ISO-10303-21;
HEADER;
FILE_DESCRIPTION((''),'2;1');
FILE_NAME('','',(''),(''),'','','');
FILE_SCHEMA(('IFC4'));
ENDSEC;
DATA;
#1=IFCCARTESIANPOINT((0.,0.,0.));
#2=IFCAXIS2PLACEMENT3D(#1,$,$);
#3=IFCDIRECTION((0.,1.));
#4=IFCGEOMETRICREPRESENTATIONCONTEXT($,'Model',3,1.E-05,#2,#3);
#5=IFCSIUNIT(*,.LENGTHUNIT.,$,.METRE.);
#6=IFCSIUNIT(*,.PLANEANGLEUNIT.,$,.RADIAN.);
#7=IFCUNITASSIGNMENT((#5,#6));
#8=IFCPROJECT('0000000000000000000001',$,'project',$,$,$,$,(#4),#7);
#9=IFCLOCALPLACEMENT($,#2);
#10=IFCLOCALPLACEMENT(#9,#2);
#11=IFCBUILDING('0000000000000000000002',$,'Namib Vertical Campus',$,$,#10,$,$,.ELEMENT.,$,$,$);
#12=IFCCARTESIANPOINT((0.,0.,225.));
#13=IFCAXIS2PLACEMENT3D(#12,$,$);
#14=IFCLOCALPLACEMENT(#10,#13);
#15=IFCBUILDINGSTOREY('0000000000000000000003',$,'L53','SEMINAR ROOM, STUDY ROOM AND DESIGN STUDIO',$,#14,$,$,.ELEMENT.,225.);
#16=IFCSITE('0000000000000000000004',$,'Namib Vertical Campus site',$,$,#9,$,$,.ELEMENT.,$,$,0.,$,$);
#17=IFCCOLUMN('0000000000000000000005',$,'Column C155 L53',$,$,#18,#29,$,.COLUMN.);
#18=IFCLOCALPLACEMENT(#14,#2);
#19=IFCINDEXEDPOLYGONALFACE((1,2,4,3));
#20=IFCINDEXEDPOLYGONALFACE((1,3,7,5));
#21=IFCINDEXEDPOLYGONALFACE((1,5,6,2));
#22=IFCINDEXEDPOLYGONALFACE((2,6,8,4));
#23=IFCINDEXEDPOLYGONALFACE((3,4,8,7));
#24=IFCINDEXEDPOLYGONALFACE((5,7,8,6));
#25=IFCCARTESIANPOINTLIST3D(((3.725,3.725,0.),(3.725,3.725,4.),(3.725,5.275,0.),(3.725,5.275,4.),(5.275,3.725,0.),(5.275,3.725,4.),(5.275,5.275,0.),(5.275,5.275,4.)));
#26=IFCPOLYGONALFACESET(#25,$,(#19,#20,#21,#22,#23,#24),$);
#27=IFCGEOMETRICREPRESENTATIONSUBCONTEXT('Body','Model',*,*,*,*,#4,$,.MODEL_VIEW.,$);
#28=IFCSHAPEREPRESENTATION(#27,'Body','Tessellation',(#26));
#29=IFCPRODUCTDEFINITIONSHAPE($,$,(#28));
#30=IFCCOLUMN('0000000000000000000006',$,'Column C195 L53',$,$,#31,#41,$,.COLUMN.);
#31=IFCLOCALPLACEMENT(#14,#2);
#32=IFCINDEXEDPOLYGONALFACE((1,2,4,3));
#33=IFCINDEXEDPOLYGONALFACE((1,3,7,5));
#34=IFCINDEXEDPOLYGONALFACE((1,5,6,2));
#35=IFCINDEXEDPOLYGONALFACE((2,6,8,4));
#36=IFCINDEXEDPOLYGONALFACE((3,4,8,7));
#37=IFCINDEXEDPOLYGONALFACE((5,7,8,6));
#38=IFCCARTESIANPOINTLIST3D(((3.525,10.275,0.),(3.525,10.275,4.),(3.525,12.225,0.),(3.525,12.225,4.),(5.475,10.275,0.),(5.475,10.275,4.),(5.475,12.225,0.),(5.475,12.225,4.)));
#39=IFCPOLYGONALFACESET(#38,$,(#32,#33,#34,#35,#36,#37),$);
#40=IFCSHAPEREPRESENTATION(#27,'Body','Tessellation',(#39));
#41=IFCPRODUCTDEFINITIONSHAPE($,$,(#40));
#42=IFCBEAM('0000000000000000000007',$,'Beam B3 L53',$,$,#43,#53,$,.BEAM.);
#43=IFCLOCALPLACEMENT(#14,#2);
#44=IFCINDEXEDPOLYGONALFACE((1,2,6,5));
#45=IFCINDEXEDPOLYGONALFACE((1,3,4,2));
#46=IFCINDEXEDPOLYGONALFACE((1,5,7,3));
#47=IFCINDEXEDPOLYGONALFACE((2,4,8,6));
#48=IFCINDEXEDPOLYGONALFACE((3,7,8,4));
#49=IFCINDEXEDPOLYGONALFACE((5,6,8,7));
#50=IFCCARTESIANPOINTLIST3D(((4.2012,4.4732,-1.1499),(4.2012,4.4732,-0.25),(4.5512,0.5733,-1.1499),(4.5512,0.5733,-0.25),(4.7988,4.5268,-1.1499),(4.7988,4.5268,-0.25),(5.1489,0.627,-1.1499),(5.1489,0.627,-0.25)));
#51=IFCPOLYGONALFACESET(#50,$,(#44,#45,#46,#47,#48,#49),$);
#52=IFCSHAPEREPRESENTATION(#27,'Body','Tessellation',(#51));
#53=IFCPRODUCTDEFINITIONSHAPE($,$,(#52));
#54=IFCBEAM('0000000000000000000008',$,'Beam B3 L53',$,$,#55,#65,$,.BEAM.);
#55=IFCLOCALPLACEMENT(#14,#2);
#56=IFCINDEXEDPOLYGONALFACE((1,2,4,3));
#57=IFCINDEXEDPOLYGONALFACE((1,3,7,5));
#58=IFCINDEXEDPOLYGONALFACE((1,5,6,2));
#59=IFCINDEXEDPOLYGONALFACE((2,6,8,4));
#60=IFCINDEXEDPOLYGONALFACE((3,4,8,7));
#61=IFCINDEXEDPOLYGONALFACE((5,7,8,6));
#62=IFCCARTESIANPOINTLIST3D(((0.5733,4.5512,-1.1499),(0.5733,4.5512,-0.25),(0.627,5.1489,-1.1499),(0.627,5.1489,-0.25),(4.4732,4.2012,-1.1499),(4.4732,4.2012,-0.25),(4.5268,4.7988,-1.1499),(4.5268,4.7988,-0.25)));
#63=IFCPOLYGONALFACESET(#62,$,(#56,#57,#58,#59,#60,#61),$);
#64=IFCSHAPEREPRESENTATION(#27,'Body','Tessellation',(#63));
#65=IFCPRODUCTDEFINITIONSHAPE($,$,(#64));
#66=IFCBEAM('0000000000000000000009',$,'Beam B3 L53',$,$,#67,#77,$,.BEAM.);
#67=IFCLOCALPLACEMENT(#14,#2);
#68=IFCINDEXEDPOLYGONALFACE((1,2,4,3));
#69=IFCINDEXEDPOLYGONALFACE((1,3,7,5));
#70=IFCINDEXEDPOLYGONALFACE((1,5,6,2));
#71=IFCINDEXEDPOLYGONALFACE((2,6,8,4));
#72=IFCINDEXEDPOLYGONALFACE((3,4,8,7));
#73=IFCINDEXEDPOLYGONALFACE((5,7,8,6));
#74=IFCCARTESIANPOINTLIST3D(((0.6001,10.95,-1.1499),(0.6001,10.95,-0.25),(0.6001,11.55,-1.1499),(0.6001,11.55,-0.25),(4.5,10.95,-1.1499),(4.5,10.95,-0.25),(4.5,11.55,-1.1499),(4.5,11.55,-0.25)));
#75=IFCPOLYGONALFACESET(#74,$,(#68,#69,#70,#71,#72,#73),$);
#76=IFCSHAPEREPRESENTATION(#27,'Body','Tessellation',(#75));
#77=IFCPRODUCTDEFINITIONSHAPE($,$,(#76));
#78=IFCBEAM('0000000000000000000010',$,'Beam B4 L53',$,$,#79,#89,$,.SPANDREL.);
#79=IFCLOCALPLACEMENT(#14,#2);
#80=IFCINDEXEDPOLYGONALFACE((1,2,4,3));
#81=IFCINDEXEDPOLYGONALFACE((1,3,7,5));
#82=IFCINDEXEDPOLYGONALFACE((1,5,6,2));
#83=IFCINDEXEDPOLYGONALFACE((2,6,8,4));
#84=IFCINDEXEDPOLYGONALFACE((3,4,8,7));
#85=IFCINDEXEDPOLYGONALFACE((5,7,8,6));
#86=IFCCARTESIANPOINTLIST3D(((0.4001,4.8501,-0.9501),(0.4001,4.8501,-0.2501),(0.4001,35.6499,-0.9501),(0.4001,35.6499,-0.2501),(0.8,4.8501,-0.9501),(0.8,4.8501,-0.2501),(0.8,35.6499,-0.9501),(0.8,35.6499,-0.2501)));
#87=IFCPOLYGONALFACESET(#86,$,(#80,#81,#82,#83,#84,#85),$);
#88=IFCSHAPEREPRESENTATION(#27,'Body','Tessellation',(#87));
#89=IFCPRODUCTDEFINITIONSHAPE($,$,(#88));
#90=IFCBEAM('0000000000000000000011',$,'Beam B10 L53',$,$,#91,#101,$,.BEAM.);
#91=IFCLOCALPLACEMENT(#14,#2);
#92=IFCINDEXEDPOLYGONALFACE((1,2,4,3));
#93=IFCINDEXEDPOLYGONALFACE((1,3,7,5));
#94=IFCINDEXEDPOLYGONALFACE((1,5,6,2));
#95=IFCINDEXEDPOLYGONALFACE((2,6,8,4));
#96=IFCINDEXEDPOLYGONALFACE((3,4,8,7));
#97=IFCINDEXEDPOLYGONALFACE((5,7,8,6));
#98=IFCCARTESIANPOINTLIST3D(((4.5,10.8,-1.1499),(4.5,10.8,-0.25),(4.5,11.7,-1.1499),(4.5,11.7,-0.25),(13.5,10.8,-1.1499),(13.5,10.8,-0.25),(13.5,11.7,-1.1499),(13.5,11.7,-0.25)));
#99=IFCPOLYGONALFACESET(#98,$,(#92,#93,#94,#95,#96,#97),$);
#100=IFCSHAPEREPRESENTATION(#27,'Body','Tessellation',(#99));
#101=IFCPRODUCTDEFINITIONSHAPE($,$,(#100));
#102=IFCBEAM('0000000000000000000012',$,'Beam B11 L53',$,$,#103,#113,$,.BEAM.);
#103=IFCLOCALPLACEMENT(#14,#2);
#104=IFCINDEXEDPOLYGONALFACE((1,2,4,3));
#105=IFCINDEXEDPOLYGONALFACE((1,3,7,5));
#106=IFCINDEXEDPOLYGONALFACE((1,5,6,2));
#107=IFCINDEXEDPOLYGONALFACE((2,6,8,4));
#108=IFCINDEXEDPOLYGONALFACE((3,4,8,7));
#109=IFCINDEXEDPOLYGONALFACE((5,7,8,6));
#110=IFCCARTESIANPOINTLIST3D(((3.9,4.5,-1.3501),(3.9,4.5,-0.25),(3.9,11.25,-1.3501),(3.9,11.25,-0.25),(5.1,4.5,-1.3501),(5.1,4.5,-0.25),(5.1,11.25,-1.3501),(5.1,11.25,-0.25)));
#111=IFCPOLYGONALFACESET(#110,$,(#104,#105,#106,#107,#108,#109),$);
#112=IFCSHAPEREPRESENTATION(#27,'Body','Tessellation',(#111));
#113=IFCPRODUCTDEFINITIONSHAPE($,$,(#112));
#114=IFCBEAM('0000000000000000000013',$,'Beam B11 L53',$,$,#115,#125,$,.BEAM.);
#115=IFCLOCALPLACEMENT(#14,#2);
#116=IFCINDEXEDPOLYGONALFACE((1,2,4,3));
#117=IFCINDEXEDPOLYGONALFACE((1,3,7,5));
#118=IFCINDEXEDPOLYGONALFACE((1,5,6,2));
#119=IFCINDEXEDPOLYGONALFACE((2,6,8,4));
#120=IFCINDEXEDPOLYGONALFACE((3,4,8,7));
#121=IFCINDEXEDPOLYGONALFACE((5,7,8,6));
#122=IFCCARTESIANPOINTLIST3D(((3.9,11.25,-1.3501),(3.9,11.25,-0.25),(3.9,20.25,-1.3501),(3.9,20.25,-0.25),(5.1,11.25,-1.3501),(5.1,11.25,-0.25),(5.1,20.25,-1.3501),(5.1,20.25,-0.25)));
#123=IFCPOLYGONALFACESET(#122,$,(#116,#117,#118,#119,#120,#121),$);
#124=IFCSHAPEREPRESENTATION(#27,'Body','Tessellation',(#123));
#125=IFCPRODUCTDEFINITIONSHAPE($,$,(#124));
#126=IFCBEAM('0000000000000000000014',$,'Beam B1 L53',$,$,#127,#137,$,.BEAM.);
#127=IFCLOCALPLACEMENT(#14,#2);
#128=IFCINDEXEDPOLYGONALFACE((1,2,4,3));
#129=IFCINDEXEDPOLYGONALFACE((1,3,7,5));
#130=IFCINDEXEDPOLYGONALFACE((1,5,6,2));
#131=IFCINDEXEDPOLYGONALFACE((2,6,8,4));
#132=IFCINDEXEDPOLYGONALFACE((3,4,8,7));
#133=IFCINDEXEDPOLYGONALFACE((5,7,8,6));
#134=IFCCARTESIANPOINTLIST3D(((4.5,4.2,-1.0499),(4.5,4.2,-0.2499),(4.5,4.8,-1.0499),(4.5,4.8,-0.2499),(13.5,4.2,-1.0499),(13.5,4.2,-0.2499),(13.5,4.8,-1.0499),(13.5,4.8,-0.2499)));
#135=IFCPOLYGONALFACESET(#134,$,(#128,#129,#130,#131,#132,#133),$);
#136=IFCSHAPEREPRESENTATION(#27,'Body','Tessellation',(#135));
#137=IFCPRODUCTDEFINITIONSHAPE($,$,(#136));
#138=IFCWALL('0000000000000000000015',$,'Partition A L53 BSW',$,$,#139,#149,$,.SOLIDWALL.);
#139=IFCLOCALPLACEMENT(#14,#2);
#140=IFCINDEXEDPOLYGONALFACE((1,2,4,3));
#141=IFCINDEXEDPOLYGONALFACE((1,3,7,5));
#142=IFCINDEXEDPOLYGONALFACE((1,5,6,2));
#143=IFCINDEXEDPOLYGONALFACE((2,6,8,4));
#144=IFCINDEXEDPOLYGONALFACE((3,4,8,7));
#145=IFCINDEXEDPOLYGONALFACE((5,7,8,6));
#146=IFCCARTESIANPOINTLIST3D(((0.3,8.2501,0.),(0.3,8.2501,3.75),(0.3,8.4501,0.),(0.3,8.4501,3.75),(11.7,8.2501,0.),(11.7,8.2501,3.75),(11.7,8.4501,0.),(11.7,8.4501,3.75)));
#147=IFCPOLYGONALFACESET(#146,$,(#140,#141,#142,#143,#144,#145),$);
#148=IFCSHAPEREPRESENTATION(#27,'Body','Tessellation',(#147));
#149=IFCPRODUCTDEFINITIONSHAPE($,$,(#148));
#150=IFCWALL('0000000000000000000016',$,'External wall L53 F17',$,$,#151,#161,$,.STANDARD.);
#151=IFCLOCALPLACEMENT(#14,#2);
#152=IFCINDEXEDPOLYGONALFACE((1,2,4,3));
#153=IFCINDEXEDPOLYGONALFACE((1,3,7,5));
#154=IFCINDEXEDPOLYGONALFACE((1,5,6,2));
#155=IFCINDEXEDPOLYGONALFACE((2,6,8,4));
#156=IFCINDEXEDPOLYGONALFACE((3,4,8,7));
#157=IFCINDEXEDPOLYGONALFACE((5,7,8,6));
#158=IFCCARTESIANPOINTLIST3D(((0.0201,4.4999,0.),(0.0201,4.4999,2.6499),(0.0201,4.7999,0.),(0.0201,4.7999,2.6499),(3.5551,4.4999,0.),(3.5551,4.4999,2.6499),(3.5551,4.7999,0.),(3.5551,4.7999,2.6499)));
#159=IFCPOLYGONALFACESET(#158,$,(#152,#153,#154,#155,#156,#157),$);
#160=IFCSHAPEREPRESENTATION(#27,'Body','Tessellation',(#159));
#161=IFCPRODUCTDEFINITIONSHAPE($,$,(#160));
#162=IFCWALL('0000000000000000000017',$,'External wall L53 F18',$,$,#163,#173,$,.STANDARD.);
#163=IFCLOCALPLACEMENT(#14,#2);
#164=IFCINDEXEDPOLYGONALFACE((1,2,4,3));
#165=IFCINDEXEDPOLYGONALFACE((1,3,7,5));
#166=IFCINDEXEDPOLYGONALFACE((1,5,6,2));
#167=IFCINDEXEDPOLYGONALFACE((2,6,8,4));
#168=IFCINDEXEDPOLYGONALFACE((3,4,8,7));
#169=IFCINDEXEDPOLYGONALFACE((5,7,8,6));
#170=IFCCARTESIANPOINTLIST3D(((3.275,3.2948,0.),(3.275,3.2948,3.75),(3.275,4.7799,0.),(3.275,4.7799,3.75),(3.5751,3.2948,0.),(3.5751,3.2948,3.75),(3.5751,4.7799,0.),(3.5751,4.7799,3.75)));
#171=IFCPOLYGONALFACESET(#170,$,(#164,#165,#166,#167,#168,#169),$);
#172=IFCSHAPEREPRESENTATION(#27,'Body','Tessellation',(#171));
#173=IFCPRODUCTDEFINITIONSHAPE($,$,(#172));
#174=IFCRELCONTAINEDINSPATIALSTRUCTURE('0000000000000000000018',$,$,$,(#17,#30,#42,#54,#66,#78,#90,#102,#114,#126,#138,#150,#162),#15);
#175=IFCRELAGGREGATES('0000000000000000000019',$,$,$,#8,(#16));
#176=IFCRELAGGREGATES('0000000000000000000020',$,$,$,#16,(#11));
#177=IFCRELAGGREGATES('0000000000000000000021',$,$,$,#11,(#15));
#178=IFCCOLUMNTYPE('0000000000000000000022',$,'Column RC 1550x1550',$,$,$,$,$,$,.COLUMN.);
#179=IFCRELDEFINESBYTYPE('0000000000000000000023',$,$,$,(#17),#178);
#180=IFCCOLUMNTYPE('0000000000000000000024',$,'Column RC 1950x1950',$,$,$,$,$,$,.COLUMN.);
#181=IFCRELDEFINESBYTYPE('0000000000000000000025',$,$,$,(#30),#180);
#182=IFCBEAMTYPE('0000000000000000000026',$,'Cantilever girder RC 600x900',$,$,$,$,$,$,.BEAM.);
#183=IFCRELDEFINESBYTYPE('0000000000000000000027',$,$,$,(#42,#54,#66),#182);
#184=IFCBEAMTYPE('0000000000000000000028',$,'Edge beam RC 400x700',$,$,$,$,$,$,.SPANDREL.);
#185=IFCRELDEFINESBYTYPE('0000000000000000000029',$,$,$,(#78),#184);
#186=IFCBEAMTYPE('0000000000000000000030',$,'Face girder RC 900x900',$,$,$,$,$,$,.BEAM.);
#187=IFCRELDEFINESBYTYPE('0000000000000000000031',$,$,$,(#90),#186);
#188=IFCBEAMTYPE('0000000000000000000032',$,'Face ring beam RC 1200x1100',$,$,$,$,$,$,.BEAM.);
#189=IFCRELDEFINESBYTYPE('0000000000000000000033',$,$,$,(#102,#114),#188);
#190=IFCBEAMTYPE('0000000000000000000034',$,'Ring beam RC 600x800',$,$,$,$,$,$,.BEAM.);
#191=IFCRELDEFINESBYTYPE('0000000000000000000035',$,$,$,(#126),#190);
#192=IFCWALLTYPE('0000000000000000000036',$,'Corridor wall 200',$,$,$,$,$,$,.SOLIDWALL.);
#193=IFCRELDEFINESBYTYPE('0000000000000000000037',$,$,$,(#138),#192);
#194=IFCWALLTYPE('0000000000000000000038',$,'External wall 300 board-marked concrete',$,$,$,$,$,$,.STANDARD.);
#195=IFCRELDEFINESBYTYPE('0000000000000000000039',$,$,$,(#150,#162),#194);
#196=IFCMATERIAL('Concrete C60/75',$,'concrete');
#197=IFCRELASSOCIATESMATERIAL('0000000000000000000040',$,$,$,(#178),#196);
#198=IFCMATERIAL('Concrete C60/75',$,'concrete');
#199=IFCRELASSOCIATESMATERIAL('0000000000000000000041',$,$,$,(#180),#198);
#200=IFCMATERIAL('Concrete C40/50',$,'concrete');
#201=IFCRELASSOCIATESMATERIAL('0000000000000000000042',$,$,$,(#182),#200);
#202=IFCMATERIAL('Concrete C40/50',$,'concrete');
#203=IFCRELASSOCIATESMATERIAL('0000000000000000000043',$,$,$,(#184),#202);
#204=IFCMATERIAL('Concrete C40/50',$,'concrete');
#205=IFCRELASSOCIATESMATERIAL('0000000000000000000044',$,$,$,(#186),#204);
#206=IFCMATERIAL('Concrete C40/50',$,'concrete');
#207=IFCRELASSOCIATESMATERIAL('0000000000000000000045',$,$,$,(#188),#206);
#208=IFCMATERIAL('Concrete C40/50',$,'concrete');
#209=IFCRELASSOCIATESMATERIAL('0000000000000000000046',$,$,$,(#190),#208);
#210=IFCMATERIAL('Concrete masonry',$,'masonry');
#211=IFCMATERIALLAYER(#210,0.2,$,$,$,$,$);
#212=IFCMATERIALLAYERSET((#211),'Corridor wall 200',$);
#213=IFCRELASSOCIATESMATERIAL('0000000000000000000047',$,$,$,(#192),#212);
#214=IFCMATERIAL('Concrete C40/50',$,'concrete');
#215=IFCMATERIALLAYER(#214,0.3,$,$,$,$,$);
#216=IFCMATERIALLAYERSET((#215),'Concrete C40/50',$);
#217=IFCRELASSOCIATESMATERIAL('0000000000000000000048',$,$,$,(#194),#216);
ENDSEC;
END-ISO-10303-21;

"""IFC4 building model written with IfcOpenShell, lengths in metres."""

from ifc_helpers import new_model, si_unit, direction, frame, frame_2d, origin, origin_2d, place, context, subcontext, project, spatial, rectangle, extrude, material, layer, layer_set, material_profile, profile_set, type_object, element, save


model = new_model("IFC4")

# Units and contexts
model_context = context("Model", 3, precision=1e-05, world=origin(), true_north=direction((0.0, 1.0)))
body_context = subcontext(model_context, "Body", "Model", "MODEL_VIEW")
ifc_project = project(units=[si_unit("LENGTHUNIT", "METRE"), si_unit("PLANEANGLEUNIT", "RADIAN")], contexts=[model_context])

# Site, building, storey
site_placement = place(None, origin())
site = spatial("IfcSite", under=ifc_project, at=site_placement, Name="Namib Vertical Campus site", CompositionType="ELEMENT", RefElevation=0.0)
building_placement = place(site_placement, origin())
building = spatial("IfcBuilding", under=site, at=building_placement, Name="Namib Vertical Campus", CompositionType="ELEMENT")
storey_placement = place(building_placement, frame((0.0, 0.0, 225.0)))
storey = spatial("IfcBuildingStorey", under=building, at=storey_placement, Name="L53", Description="SEMINAR ROOM, STUDY ROOM AND DESIGN STUDIO", CompositionType="ELEMENT", Elevation=225.0)

# Columns
ifc_material_1 = material(Name="Concrete C60/75", Category="concrete")
ifc_material_profile_1 = material_profile(ifc_material_1, rectangle(XDim=1.55, YDim=1.55, at=origin_2d()))
ifc_profile_set_1 = profile_set([ifc_material_profile_1], Name="Concrete C60/75")
column_type_1 = type_object("IfcColumnType", Name="Column RC 1550x1550", PredefinedType="COLUMN", material=ifc_profile_set_1)
column_1_placement = place(storey_placement, frame((4.5, 4.5, 0.0), z_axis=(0.0, 0.0, 1.0), x_axis=(1.0, 0.0, 0.0)))
element("IfcColumn", 1, at=column_1_placement, inside=storey, type_object=column_type_1, Name="Column C155 L53", PredefinedType="COLUMN", context=body_context, shape_type="SweptSolid", body=[
    extrude(rectangle(XDim=1.55, YDim=1.55, at=origin_2d()), origin(), (0.0, 0.0, 1.0), 4.0),
])
ifc_material_2 = material(Name="Concrete C60/75", Category="concrete")
ifc_material_profile_2 = material_profile(ifc_material_2, rectangle(XDim=1.95, YDim=1.95, at=origin_2d()))
ifc_profile_set_2 = profile_set([ifc_material_profile_2], Name="Concrete C60/75")
column_type_2 = type_object("IfcColumnType", Name="Column RC 1950x1950", PredefinedType="COLUMN", material=ifc_profile_set_2)
column_2_placement = place(storey_placement, frame((4.5, 11.25, 0.0), z_axis=(0.0, 0.0, 1.0), x_axis=(1.0, 0.0, 0.0)))
element("IfcColumn", 2, at=column_2_placement, inside=storey, type_object=column_type_2, Name="Column C195 L53", PredefinedType="COLUMN", context=body_context, shape_type="SweptSolid", body=[
    extrude(rectangle(XDim=1.95, YDim=1.95, at=origin_2d()), origin(), (0.0, 0.0, 1.0), 4.0),
])

# Beams
ifc_material_3 = material(Name="Concrete C40/50", Category="concrete")
ifc_material_profile_3 = material_profile(ifc_material_3, rectangle(XDim=0.6001, YDim=0.8999, at=origin_2d()))
ifc_profile_set_3 = profile_set([ifc_material_profile_3], Name="Concrete C40/50")
beam_type_1 = type_object("IfcBeamType", Name="Cantilever girder RC 600x900", PredefinedType="BEAM", material=ifc_profile_set_3)
for number, where, z_axis, x_axis, name in (
    (3, (4.5, 4.5, -0.7), (0.089411, -0.995995, 0.0), (0.995995, 0.089411, 0.0), "Beam B3 L53"),
    (4, (4.5, 4.5, -0.7), (-0.995995, 0.089411, 0.0), (-0.089411, -0.995995, 0.0), "Beam B3 L53"),
):
    element("IfcBeam", number, at=place(storey_placement, frame(where, z_axis=z_axis, x_axis=x_axis)), inside=storey, type_object=beam_type_1, Name=name, PredefinedType="BEAM", context=body_context, shape_type="SweptSolid", body=[
        extrude(rectangle(XDim=0.6001, YDim=0.8999, at=origin_2d()), origin(), (0.0, 0.0, 1.0), 3.9155),
    ])
beam_1_placement = place(storey_placement, frame((4.5, 11.25, -0.7), z_axis=(-1.0, 0.0, 0.0), x_axis=(0.0, -1.0, 0.0)))
element("IfcBeam", 5, at=beam_1_placement, inside=storey, type_object=beam_type_1, Name="Beam B3 L53", PredefinedType="BEAM", context=body_context, shape_type="SweptSolid", body=[
    extrude(rectangle(XDim=0.6001, YDim=0.8999, at=origin_2d()), origin(), (0.0, 0.0, 1.0), 3.8999),
])
ifc_material_4 = material(Name="Concrete C40/50", Category="concrete")
ifc_material_profile_4 = material_profile(ifc_material_4, rectangle(XDim=0.3999, YDim=0.7, at=origin_2d()))
ifc_profile_set_4 = profile_set([ifc_material_profile_4], Name="Concrete C40/50")
beam_type_2 = type_object("IfcBeamType", Name="Edge beam RC 400x700", PredefinedType="SPANDREL", material=ifc_profile_set_4)
beam_2_placement = place(storey_placement, frame((0.6001, 4.8501, -0.6001), z_axis=(0.0, 1.0, 0.0), x_axis=(-1.0, 0.0, 0.0)))
element("IfcBeam", 6, at=beam_2_placement, inside=storey, type_object=beam_type_2, Name="Beam B4 L53", PredefinedType="SPANDREL", context=body_context, shape_type="SweptSolid", body=[
    extrude(rectangle(XDim=0.3999, YDim=0.7, at=origin_2d()), origin(), (0.0, 0.0, 1.0), 30.7998),
])
ifc_material_5 = material(Name="Concrete C40/50", Category="concrete")
ifc_material_profile_5 = material_profile(ifc_material_5, rectangle(XDim=0.8999, YDim=0.8999, at=origin_2d()))
ifc_profile_set_5 = profile_set([ifc_material_profile_5], Name="Concrete C40/50")
beam_type_3 = type_object("IfcBeamType", Name="Face girder RC 900x900", PredefinedType="BEAM", material=ifc_profile_set_5)
beam_3_placement = place(storey_placement, frame((4.5, 11.25, -0.7), z_axis=(1.0, 0.0, 0.0), x_axis=(0.0, 1.0, 0.0)))
element("IfcBeam", 7, at=beam_3_placement, inside=storey, type_object=beam_type_3, Name="Beam B10 L53", PredefinedType="BEAM", context=body_context, shape_type="SweptSolid", body=[
    extrude(rectangle(XDim=0.8999, YDim=0.8999, at=origin_2d()), origin(), (0.0, 0.0, 1.0), 9.0),
])
ifc_material_6 = material(Name="Concrete C40/50", Category="concrete")
ifc_material_profile_6 = material_profile(ifc_material_6, rectangle(XDim=1.2, YDim=1.1001, at=origin_2d()))
ifc_profile_set_6 = profile_set([ifc_material_profile_6], Name="Concrete C40/50")
beam_type_4 = type_object("IfcBeamType", Name="Face ring beam RC 1200x1100", PredefinedType="BEAM", material=ifc_profile_set_6)
beam_4_placement = place(storey_placement, frame((4.5, 4.5, -0.8), z_axis=(0.0, 1.0, 0.0), x_axis=(-1.0, 0.0, 0.0)))
element("IfcBeam", 8, at=beam_4_placement, inside=storey, type_object=beam_type_4, Name="Beam B11 L53", PredefinedType="BEAM", context=body_context, shape_type="SweptSolid", body=[
    extrude(rectangle(XDim=1.2, YDim=1.1001, at=origin_2d()), origin(), (0.0, 0.0, 1.0), 6.75),
])
beam_5_placement = place(storey_placement, frame((4.5, 11.25, -0.8), z_axis=(0.0, 1.0, 0.0), x_axis=(-1.0, 0.0, 0.0)))
element("IfcBeam", 9, at=beam_5_placement, inside=storey, type_object=beam_type_4, Name="Beam B11 L53", PredefinedType="BEAM", context=body_context, shape_type="SweptSolid", body=[
    extrude(rectangle(XDim=1.2, YDim=1.1001, at=origin_2d()), origin(), (0.0, 0.0, 1.0), 9.0),
])
ifc_material_7 = material(Name="Concrete C40/50", Category="concrete")
ifc_material_profile_7 = material_profile(ifc_material_7, rectangle(XDim=0.6001, YDim=0.8, at=origin_2d()))
ifc_profile_set_7 = profile_set([ifc_material_profile_7], Name="Concrete C40/50")
beam_type_5 = type_object("IfcBeamType", Name="Ring beam RC 600x800", PredefinedType="BEAM", material=ifc_profile_set_7)
beam_6_placement = place(storey_placement, frame((4.5, 4.5, -0.6499), z_axis=(1.0, 0.0, 0.0), x_axis=(0.0, 1.0, 0.0)))
element("IfcBeam", 10, at=beam_6_placement, inside=storey, type_object=beam_type_5, Name="Beam B1 L53", PredefinedType="BEAM", context=body_context, shape_type="SweptSolid", body=[
    extrude(rectangle(XDim=0.6001, YDim=0.8, at=origin_2d()), origin(), (0.0, 0.0, 1.0), 9.0),
])

# Walls
ifc_material_8 = material(Name="Concrete masonry", Category="masonry")
ifc_layer_1 = layer(ifc_material_8, 0.2)
ifc_layer_set_1 = layer_set([ifc_layer_1], Name="Corridor wall 200")
wall_type_1 = type_object("IfcWallType", Name="Corridor wall 200", PredefinedType="SOLIDWALL", material=ifc_layer_set_1)
wall_1_placement = place(storey_placement, frame((0.3, 8.3501, 0.0), z_axis=(0.0, 0.0, 1.0), x_axis=(1.0, 0.0, 0.0)))
element("IfcWall", 11, at=wall_1_placement, inside=storey, type_object=wall_type_1, Name="Partition A L53 BSW", PredefinedType="SOLIDWALL", context=body_context, shape_type="SweptSolid", body=[
    extrude(rectangle(XDim=11.3999, YDim=0.2, at=frame_2d((5.7, 0.0))), origin(), (0.0, 0.0, 1.0), 3.75),
])
ifc_material_9 = material(Name="Concrete C40/50", Category="concrete")
ifc_layer_2 = layer(ifc_material_9, 0.3)
ifc_layer_set_2 = layer_set([ifc_layer_2], Name="Concrete C40/50")
wall_type_2 = type_object("IfcWallType", Name="External wall 300 board-marked concrete", PredefinedType="STANDARD", material=ifc_layer_set_2)
wall_2_placement = place(storey_placement, frame((0.02, 4.6499, 0.0), z_axis=(0.0, 0.0, 1.0), x_axis=(1.0, 0.0, 0.0)))
element("IfcWall", 12, at=wall_2_placement, inside=storey, type_object=wall_type_2, Name="External wall L53 F17", PredefinedType="STANDARD", context=body_context, shape_type="SweptSolid", body=[
    extrude(rectangle(XDim=3.5349, YDim=0.3, at=frame_2d((1.7676, 0.0))), origin(), (0.0, 0.0, 1.0), 2.6499),
])
for number, where, z_axis, x_axis, name in (
    (13, (3.425, 4.78, 0.0), (0.0, 0.0, 1.0), (0.0, -1.0, 0.0), "External wall L53 F18"),
):
    element("IfcWall", number, at=place(storey_placement, frame(where, z_axis=z_axis, x_axis=x_axis)), inside=storey, type_object=wall_type_2, Name=name, PredefinedType="STANDARD", context=body_context, shape_type="SweptSolid", body=[
        extrude(rectangle(XDim=1.4851, YDim=0.3, at=frame_2d((0.7427, 0.0))), origin(), (0.0, 0.0, 1.0), 3.75),
    ])

save(model, "model.ifc")
